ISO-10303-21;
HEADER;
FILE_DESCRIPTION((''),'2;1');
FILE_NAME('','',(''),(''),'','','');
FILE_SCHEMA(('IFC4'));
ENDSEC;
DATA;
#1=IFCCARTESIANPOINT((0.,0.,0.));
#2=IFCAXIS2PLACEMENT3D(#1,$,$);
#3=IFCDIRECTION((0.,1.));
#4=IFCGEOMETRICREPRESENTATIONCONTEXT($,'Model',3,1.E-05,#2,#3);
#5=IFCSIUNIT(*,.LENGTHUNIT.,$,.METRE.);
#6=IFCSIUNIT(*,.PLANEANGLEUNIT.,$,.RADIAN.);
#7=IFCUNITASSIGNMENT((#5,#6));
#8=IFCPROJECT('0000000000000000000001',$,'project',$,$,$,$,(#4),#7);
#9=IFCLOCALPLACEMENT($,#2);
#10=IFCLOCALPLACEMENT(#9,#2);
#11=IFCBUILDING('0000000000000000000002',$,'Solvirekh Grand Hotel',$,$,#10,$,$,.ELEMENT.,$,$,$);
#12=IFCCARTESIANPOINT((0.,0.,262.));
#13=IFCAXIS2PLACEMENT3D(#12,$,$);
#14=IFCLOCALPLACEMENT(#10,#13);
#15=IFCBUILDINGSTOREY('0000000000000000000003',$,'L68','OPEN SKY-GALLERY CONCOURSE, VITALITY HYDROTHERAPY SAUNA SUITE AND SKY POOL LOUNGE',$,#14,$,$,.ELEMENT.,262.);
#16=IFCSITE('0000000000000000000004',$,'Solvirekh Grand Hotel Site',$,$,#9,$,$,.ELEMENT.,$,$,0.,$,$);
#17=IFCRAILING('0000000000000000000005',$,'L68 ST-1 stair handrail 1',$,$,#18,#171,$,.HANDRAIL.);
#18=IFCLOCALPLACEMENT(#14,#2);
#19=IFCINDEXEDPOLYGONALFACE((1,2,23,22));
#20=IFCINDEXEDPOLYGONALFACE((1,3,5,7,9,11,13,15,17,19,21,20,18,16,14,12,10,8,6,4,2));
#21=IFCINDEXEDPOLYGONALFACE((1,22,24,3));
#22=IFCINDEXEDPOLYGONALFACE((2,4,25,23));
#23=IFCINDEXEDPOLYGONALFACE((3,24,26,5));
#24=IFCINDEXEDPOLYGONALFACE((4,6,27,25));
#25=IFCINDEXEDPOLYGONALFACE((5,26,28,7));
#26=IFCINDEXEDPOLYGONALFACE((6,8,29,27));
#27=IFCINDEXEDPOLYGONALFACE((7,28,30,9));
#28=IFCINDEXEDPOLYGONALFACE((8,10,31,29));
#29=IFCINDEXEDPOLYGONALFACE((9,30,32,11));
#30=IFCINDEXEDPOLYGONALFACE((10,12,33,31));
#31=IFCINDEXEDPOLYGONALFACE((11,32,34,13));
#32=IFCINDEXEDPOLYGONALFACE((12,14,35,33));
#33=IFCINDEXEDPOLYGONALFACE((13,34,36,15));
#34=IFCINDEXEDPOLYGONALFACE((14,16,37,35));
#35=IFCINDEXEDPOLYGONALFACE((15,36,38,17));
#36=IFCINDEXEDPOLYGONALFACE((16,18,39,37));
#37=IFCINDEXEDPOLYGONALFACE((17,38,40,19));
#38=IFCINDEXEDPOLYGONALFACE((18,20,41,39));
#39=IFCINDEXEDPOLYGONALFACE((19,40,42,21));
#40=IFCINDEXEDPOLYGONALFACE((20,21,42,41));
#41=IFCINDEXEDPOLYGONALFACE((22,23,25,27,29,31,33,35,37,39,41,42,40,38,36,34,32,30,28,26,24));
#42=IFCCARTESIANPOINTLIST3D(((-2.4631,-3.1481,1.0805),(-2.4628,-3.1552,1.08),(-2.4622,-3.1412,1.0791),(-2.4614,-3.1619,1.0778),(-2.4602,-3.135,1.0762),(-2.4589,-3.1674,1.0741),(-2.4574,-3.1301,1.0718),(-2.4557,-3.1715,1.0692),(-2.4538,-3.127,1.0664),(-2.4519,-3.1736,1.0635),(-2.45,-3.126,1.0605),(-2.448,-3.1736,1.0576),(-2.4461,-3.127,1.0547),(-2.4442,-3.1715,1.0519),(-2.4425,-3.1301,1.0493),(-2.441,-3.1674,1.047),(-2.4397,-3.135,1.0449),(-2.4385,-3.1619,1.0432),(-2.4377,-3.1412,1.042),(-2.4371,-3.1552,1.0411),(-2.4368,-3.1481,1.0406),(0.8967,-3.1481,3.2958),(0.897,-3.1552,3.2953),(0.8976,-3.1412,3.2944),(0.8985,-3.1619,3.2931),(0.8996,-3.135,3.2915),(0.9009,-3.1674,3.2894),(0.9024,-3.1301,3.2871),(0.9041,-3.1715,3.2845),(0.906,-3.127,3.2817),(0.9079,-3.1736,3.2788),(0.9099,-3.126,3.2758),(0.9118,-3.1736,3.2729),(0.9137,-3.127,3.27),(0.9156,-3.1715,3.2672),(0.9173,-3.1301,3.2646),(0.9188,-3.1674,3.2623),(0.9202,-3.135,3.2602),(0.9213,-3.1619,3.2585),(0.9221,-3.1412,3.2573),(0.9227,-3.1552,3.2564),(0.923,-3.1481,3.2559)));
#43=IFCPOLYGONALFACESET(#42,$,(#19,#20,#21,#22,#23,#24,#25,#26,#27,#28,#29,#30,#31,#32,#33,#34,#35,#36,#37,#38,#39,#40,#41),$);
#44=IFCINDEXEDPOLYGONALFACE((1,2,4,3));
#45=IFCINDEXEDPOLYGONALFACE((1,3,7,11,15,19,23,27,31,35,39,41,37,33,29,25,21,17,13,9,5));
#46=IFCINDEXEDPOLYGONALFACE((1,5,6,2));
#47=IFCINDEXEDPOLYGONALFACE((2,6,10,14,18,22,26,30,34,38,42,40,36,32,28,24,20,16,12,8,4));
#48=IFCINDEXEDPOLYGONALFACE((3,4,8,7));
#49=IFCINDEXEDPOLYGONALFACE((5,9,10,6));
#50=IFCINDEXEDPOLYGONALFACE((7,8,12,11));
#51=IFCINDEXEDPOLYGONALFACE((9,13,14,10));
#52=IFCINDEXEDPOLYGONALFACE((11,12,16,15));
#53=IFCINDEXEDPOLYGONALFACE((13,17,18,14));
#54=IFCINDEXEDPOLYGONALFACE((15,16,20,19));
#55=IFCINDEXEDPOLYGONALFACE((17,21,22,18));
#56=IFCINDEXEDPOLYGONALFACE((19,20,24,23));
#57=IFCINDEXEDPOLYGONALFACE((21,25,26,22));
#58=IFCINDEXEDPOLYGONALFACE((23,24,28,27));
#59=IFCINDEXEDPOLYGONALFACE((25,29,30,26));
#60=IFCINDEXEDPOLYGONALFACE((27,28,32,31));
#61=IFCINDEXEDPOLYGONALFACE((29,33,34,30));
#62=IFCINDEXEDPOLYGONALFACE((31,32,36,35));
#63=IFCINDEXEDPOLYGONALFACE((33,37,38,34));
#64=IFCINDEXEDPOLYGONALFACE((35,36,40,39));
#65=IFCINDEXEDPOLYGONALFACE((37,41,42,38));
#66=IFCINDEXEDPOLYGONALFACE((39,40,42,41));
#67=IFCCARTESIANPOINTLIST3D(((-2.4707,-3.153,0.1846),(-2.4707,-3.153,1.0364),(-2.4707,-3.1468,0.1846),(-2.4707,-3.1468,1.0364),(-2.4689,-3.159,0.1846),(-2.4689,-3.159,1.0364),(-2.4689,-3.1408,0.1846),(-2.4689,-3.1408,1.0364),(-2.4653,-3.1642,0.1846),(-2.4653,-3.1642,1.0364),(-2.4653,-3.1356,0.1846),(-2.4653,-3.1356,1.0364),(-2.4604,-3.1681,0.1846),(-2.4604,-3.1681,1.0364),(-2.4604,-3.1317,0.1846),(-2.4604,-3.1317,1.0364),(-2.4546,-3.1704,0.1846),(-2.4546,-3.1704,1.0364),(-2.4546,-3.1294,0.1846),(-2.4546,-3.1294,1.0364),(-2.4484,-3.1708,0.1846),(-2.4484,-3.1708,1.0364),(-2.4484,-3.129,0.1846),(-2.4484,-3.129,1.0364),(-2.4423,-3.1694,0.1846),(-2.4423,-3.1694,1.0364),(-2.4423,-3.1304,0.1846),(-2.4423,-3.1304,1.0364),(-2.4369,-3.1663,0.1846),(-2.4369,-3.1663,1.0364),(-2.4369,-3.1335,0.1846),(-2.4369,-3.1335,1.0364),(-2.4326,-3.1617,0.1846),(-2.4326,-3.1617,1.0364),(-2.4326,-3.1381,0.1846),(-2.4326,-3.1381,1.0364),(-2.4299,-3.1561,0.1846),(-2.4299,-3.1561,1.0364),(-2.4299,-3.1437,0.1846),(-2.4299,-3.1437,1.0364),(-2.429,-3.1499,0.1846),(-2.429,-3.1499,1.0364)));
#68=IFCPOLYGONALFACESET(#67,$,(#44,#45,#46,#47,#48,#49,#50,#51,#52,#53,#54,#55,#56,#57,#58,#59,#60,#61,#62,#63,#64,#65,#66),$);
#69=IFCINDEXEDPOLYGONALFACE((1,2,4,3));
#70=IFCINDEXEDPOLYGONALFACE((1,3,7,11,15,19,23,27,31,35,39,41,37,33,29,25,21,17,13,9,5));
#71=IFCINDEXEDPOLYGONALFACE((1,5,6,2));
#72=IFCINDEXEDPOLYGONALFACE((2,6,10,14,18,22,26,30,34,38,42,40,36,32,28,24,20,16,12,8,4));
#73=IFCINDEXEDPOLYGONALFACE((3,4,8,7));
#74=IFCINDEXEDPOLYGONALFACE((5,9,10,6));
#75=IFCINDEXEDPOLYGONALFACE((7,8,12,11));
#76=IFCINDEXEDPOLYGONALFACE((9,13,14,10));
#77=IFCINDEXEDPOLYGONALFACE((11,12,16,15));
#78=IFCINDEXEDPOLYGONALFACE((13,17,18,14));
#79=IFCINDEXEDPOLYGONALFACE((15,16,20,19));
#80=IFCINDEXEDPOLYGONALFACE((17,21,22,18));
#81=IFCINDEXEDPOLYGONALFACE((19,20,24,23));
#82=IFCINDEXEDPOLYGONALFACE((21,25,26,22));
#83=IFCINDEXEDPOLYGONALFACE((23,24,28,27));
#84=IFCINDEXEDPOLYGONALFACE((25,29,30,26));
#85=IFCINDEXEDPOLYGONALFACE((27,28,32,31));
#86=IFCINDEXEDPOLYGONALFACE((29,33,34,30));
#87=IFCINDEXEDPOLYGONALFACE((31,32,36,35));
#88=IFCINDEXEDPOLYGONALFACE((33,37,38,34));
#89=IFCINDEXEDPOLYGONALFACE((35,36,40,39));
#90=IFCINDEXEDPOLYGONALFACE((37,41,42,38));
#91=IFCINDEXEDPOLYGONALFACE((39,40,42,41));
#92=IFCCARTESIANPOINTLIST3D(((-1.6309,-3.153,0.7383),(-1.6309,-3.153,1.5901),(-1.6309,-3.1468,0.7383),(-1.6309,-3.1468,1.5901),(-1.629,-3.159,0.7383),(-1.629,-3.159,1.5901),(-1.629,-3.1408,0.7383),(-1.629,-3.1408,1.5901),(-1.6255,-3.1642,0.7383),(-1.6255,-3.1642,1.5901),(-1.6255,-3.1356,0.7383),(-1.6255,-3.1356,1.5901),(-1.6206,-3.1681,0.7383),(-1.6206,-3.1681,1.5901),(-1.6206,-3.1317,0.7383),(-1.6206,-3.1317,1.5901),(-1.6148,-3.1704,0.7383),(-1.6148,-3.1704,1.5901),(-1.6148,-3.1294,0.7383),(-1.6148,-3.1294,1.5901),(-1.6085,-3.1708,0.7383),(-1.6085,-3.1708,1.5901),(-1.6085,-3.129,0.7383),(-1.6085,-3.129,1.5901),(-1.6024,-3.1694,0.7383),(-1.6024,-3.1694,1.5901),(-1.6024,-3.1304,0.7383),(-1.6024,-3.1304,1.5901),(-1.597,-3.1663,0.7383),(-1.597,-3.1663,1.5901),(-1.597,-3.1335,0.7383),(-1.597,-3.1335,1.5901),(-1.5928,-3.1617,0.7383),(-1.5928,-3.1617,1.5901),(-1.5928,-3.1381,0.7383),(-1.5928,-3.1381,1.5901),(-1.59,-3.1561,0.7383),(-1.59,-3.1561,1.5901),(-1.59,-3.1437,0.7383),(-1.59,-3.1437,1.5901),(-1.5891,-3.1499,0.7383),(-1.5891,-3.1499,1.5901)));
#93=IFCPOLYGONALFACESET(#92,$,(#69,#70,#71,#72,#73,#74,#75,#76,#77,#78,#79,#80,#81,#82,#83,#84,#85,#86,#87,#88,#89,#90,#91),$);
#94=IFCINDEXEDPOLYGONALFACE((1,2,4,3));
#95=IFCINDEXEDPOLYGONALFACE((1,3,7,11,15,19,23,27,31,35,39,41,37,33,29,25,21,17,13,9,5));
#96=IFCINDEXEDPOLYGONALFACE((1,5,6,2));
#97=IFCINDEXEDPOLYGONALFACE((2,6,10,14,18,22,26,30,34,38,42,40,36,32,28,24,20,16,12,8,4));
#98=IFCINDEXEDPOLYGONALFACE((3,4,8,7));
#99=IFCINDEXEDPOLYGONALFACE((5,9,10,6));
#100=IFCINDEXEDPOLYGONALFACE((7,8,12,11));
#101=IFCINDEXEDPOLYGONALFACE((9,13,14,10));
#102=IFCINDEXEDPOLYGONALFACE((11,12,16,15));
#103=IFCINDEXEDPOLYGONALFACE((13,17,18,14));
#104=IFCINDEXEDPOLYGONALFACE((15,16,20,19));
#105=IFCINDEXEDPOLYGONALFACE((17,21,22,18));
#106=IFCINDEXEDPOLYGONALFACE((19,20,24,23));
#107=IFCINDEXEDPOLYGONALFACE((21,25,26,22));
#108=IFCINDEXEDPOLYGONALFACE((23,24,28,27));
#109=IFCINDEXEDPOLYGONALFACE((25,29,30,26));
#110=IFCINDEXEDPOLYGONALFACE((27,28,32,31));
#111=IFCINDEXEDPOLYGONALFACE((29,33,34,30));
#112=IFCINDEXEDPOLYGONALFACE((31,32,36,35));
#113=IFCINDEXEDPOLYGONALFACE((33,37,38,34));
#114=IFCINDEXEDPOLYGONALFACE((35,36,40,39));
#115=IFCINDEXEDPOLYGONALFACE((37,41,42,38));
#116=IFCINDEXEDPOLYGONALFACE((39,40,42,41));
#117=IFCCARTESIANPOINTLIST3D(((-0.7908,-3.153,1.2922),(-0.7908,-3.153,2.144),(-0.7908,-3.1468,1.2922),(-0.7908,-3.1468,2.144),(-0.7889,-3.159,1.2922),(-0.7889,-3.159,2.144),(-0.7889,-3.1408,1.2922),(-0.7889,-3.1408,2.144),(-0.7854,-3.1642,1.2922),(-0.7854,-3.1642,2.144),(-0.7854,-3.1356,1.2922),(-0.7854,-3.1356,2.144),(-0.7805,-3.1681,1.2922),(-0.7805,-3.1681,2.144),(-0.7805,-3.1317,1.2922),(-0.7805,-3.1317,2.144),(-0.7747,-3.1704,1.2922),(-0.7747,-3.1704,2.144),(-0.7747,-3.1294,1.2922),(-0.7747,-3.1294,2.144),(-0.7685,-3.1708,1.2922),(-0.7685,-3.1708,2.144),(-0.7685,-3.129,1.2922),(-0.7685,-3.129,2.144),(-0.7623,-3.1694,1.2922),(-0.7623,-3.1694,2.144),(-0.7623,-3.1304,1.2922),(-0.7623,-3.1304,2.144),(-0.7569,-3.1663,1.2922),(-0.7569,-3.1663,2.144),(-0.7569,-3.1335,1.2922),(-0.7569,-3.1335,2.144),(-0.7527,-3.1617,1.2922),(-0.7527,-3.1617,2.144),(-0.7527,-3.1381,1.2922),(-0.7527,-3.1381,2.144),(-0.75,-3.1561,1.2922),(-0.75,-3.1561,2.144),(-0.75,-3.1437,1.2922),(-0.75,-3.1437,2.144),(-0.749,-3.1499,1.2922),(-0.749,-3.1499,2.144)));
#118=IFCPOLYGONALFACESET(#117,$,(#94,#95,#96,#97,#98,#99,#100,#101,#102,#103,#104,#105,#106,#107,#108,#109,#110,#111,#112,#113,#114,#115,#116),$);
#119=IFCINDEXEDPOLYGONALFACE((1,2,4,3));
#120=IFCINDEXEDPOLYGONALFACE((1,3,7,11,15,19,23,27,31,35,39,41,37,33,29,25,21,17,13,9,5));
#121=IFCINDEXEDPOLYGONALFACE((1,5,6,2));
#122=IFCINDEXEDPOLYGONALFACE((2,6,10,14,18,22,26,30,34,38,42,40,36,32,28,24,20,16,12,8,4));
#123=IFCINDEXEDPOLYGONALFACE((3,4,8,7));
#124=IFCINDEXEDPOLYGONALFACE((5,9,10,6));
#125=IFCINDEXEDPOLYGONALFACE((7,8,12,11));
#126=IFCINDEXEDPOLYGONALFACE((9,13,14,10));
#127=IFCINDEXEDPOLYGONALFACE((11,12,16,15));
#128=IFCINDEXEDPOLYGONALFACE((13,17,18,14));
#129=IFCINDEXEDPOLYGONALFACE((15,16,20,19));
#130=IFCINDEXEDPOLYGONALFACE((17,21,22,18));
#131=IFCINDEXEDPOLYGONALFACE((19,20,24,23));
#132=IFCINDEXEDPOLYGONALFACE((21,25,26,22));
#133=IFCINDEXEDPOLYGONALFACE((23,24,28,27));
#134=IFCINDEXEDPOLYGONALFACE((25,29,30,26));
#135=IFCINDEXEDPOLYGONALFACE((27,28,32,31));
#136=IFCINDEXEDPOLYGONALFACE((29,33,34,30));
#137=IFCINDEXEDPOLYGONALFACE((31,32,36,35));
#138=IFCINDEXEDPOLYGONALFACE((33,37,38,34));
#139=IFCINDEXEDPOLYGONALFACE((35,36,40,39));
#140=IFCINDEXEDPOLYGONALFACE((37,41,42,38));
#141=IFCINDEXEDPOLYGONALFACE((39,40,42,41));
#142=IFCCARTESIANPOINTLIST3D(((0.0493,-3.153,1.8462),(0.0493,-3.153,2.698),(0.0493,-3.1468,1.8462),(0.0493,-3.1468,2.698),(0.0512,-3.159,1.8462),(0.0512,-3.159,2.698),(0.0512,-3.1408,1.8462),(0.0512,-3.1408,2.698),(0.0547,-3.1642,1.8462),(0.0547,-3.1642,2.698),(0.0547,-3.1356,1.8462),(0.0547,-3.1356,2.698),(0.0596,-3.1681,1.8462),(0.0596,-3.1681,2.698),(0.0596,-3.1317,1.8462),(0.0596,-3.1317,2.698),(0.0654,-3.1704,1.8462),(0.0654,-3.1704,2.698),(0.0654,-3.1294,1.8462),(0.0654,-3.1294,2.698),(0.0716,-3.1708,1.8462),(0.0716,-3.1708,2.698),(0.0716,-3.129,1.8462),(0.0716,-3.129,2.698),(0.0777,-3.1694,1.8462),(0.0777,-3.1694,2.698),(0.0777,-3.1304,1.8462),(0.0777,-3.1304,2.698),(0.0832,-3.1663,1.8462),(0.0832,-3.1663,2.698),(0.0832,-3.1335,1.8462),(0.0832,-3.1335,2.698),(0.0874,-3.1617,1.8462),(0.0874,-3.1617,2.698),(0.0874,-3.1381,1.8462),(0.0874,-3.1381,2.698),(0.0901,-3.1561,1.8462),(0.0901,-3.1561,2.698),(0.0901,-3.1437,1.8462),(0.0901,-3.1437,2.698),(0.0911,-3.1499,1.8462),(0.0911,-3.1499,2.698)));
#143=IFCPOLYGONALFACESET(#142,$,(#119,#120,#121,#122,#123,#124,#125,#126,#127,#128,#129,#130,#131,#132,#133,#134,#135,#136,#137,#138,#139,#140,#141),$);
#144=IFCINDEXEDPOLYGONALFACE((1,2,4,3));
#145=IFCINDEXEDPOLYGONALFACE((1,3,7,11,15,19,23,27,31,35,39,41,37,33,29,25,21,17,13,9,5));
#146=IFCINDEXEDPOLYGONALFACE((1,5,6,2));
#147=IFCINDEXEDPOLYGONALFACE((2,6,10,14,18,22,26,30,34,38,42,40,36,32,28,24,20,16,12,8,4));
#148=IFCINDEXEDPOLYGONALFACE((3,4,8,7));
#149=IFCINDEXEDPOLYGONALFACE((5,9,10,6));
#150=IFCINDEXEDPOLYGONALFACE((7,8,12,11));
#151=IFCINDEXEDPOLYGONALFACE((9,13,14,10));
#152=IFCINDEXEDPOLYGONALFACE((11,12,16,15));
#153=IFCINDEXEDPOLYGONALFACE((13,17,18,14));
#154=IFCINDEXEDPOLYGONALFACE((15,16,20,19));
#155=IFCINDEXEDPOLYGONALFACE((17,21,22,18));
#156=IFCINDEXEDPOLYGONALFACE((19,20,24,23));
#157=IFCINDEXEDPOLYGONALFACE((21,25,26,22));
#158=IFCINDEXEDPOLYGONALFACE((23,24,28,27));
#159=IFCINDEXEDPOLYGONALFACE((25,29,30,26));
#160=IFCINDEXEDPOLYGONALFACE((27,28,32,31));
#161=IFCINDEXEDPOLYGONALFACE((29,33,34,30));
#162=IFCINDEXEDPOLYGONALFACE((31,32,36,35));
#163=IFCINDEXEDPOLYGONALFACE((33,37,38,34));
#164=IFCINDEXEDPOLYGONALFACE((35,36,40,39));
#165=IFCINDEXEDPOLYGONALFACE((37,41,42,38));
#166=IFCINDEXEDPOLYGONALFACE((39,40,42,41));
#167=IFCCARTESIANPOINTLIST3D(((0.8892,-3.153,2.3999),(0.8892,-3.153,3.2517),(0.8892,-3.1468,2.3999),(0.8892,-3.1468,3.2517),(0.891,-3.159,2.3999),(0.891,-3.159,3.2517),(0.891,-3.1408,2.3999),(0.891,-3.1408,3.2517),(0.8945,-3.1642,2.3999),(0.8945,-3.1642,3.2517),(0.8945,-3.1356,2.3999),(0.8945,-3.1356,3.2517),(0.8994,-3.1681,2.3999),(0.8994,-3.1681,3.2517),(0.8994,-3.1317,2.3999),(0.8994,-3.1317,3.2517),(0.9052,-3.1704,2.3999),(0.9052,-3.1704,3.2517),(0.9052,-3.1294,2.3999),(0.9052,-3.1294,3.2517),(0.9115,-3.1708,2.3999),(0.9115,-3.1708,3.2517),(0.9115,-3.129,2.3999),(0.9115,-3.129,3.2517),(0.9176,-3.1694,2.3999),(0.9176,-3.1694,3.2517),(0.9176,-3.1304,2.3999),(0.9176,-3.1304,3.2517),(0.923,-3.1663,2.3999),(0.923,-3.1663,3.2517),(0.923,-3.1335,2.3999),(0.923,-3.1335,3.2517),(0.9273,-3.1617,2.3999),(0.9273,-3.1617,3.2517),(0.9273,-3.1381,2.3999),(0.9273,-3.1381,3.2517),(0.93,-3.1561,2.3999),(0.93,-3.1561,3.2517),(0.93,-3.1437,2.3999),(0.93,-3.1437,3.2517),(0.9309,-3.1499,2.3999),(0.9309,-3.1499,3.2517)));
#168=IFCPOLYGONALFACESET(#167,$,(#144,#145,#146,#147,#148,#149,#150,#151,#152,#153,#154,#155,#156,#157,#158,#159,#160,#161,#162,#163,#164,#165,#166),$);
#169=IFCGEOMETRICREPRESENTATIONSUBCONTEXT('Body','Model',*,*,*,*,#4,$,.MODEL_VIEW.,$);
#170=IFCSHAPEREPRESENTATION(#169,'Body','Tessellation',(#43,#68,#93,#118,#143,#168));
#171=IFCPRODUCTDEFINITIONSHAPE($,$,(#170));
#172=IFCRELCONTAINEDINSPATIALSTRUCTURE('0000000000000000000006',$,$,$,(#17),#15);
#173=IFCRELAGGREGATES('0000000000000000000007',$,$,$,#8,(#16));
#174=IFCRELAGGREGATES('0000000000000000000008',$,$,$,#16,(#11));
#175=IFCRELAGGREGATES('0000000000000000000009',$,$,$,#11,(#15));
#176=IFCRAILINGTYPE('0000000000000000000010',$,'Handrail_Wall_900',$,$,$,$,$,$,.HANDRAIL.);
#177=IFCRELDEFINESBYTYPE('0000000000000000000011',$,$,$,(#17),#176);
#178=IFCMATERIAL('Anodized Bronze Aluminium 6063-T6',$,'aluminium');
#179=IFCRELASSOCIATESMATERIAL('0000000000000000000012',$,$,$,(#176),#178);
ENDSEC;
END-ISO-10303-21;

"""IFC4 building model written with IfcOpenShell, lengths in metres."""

from ifc_helpers import new_model, si_unit, direction, frame, origin, origin_2d, place, context, subcontext, project, spatial, circle, extrude, material, type_object, element, save


model = new_model("IFC4")

# Units and contexts
model_context = context("Model", 3, precision=1e-05, world=origin(), true_north=direction((0.0, 1.0)))
body_context = subcontext(model_context, "Body", "Model", "MODEL_VIEW")
ifc_project = project(units=[si_unit("LENGTHUNIT", "METRE"), si_unit("PLANEANGLEUNIT", "RADIAN")], contexts=[model_context])

# Site, building, storey
site_placement = place(None, origin())
site = spatial("IfcSite", under=ifc_project, at=site_placement, Name="Solvirekh Grand Hotel Site", CompositionType="ELEMENT", RefElevation=0.0)
building_placement = place(site_placement, origin())
building = spatial("IfcBuilding", under=site, at=building_placement, Name="Solvirekh Grand Hotel", CompositionType="ELEMENT")
storey_placement = place(building_placement, frame((0.0, 0.0, 262.0)))
storey = spatial("IfcBuildingStorey", under=building, at=storey_placement, Name="L68", Description="OPEN SKY-GALLERY CONCOURSE, VITALITY HYDROTHERAPY SAUNA SUITE AND SKY POOL LOUNGE", CompositionType="ELEMENT", Elevation=262.0)

# Shared definitions
ifc_material_1 = material(Name="Anodized Bronze Aluminium 6063-T6", Category="aluminium")

# Railing
railing_type_1 = type_object("IfcRailingType", Name="Handrail_Wall_900", PredefinedType="HANDRAIL", material=ifc_material_1)
railing_1_placement = place(storey_placement, frame((-2.45, -3.1499, 0.1846)))
element("IfcRailing", 1, at=railing_1_placement, inside=storey, type_object=railing_type_1, Name="L68 ST-1 stair handrail 1", PredefinedType="HANDRAIL", context=body_context, shape_type="SweptSolid", body=[
    extrude(circle(Radius=0.0239, at=origin_2d()), frame((0.0, 0.0, 0.876), z_axis=(0.834858, 0.0, 0.550465), x_axis=(0.0, 1.0, 0.0)), (0.0, 0.0, 1.0), 4.0244),
    extrude(circle(Radius=0.021, at=origin_2d()), origin(), (0.0, 0.0, 1.0), 0.8518),
    extrude(circle(Radius=0.021, at=origin_2d()), frame((0.8398, 0.0, 0.5537)), (0.0, 0.0, 1.0), 0.8518),
    extrude(circle(Radius=0.021, at=origin_2d()), frame((1.6799, 0.0, 1.1077)), (0.0, 0.0, 1.0), 0.8518),
    extrude(circle(Radius=0.021, at=origin_2d()), frame((2.52, 0.0, 1.6616)), (0.0, 0.0, 1.0), 0.8518),
    extrude(circle(Radius=0.021, at=origin_2d()), frame((3.3599, 0.0, 2.2153)), (0.0, 0.0, 1.0), 0.8518),
])

save(model, "model.ifc")
